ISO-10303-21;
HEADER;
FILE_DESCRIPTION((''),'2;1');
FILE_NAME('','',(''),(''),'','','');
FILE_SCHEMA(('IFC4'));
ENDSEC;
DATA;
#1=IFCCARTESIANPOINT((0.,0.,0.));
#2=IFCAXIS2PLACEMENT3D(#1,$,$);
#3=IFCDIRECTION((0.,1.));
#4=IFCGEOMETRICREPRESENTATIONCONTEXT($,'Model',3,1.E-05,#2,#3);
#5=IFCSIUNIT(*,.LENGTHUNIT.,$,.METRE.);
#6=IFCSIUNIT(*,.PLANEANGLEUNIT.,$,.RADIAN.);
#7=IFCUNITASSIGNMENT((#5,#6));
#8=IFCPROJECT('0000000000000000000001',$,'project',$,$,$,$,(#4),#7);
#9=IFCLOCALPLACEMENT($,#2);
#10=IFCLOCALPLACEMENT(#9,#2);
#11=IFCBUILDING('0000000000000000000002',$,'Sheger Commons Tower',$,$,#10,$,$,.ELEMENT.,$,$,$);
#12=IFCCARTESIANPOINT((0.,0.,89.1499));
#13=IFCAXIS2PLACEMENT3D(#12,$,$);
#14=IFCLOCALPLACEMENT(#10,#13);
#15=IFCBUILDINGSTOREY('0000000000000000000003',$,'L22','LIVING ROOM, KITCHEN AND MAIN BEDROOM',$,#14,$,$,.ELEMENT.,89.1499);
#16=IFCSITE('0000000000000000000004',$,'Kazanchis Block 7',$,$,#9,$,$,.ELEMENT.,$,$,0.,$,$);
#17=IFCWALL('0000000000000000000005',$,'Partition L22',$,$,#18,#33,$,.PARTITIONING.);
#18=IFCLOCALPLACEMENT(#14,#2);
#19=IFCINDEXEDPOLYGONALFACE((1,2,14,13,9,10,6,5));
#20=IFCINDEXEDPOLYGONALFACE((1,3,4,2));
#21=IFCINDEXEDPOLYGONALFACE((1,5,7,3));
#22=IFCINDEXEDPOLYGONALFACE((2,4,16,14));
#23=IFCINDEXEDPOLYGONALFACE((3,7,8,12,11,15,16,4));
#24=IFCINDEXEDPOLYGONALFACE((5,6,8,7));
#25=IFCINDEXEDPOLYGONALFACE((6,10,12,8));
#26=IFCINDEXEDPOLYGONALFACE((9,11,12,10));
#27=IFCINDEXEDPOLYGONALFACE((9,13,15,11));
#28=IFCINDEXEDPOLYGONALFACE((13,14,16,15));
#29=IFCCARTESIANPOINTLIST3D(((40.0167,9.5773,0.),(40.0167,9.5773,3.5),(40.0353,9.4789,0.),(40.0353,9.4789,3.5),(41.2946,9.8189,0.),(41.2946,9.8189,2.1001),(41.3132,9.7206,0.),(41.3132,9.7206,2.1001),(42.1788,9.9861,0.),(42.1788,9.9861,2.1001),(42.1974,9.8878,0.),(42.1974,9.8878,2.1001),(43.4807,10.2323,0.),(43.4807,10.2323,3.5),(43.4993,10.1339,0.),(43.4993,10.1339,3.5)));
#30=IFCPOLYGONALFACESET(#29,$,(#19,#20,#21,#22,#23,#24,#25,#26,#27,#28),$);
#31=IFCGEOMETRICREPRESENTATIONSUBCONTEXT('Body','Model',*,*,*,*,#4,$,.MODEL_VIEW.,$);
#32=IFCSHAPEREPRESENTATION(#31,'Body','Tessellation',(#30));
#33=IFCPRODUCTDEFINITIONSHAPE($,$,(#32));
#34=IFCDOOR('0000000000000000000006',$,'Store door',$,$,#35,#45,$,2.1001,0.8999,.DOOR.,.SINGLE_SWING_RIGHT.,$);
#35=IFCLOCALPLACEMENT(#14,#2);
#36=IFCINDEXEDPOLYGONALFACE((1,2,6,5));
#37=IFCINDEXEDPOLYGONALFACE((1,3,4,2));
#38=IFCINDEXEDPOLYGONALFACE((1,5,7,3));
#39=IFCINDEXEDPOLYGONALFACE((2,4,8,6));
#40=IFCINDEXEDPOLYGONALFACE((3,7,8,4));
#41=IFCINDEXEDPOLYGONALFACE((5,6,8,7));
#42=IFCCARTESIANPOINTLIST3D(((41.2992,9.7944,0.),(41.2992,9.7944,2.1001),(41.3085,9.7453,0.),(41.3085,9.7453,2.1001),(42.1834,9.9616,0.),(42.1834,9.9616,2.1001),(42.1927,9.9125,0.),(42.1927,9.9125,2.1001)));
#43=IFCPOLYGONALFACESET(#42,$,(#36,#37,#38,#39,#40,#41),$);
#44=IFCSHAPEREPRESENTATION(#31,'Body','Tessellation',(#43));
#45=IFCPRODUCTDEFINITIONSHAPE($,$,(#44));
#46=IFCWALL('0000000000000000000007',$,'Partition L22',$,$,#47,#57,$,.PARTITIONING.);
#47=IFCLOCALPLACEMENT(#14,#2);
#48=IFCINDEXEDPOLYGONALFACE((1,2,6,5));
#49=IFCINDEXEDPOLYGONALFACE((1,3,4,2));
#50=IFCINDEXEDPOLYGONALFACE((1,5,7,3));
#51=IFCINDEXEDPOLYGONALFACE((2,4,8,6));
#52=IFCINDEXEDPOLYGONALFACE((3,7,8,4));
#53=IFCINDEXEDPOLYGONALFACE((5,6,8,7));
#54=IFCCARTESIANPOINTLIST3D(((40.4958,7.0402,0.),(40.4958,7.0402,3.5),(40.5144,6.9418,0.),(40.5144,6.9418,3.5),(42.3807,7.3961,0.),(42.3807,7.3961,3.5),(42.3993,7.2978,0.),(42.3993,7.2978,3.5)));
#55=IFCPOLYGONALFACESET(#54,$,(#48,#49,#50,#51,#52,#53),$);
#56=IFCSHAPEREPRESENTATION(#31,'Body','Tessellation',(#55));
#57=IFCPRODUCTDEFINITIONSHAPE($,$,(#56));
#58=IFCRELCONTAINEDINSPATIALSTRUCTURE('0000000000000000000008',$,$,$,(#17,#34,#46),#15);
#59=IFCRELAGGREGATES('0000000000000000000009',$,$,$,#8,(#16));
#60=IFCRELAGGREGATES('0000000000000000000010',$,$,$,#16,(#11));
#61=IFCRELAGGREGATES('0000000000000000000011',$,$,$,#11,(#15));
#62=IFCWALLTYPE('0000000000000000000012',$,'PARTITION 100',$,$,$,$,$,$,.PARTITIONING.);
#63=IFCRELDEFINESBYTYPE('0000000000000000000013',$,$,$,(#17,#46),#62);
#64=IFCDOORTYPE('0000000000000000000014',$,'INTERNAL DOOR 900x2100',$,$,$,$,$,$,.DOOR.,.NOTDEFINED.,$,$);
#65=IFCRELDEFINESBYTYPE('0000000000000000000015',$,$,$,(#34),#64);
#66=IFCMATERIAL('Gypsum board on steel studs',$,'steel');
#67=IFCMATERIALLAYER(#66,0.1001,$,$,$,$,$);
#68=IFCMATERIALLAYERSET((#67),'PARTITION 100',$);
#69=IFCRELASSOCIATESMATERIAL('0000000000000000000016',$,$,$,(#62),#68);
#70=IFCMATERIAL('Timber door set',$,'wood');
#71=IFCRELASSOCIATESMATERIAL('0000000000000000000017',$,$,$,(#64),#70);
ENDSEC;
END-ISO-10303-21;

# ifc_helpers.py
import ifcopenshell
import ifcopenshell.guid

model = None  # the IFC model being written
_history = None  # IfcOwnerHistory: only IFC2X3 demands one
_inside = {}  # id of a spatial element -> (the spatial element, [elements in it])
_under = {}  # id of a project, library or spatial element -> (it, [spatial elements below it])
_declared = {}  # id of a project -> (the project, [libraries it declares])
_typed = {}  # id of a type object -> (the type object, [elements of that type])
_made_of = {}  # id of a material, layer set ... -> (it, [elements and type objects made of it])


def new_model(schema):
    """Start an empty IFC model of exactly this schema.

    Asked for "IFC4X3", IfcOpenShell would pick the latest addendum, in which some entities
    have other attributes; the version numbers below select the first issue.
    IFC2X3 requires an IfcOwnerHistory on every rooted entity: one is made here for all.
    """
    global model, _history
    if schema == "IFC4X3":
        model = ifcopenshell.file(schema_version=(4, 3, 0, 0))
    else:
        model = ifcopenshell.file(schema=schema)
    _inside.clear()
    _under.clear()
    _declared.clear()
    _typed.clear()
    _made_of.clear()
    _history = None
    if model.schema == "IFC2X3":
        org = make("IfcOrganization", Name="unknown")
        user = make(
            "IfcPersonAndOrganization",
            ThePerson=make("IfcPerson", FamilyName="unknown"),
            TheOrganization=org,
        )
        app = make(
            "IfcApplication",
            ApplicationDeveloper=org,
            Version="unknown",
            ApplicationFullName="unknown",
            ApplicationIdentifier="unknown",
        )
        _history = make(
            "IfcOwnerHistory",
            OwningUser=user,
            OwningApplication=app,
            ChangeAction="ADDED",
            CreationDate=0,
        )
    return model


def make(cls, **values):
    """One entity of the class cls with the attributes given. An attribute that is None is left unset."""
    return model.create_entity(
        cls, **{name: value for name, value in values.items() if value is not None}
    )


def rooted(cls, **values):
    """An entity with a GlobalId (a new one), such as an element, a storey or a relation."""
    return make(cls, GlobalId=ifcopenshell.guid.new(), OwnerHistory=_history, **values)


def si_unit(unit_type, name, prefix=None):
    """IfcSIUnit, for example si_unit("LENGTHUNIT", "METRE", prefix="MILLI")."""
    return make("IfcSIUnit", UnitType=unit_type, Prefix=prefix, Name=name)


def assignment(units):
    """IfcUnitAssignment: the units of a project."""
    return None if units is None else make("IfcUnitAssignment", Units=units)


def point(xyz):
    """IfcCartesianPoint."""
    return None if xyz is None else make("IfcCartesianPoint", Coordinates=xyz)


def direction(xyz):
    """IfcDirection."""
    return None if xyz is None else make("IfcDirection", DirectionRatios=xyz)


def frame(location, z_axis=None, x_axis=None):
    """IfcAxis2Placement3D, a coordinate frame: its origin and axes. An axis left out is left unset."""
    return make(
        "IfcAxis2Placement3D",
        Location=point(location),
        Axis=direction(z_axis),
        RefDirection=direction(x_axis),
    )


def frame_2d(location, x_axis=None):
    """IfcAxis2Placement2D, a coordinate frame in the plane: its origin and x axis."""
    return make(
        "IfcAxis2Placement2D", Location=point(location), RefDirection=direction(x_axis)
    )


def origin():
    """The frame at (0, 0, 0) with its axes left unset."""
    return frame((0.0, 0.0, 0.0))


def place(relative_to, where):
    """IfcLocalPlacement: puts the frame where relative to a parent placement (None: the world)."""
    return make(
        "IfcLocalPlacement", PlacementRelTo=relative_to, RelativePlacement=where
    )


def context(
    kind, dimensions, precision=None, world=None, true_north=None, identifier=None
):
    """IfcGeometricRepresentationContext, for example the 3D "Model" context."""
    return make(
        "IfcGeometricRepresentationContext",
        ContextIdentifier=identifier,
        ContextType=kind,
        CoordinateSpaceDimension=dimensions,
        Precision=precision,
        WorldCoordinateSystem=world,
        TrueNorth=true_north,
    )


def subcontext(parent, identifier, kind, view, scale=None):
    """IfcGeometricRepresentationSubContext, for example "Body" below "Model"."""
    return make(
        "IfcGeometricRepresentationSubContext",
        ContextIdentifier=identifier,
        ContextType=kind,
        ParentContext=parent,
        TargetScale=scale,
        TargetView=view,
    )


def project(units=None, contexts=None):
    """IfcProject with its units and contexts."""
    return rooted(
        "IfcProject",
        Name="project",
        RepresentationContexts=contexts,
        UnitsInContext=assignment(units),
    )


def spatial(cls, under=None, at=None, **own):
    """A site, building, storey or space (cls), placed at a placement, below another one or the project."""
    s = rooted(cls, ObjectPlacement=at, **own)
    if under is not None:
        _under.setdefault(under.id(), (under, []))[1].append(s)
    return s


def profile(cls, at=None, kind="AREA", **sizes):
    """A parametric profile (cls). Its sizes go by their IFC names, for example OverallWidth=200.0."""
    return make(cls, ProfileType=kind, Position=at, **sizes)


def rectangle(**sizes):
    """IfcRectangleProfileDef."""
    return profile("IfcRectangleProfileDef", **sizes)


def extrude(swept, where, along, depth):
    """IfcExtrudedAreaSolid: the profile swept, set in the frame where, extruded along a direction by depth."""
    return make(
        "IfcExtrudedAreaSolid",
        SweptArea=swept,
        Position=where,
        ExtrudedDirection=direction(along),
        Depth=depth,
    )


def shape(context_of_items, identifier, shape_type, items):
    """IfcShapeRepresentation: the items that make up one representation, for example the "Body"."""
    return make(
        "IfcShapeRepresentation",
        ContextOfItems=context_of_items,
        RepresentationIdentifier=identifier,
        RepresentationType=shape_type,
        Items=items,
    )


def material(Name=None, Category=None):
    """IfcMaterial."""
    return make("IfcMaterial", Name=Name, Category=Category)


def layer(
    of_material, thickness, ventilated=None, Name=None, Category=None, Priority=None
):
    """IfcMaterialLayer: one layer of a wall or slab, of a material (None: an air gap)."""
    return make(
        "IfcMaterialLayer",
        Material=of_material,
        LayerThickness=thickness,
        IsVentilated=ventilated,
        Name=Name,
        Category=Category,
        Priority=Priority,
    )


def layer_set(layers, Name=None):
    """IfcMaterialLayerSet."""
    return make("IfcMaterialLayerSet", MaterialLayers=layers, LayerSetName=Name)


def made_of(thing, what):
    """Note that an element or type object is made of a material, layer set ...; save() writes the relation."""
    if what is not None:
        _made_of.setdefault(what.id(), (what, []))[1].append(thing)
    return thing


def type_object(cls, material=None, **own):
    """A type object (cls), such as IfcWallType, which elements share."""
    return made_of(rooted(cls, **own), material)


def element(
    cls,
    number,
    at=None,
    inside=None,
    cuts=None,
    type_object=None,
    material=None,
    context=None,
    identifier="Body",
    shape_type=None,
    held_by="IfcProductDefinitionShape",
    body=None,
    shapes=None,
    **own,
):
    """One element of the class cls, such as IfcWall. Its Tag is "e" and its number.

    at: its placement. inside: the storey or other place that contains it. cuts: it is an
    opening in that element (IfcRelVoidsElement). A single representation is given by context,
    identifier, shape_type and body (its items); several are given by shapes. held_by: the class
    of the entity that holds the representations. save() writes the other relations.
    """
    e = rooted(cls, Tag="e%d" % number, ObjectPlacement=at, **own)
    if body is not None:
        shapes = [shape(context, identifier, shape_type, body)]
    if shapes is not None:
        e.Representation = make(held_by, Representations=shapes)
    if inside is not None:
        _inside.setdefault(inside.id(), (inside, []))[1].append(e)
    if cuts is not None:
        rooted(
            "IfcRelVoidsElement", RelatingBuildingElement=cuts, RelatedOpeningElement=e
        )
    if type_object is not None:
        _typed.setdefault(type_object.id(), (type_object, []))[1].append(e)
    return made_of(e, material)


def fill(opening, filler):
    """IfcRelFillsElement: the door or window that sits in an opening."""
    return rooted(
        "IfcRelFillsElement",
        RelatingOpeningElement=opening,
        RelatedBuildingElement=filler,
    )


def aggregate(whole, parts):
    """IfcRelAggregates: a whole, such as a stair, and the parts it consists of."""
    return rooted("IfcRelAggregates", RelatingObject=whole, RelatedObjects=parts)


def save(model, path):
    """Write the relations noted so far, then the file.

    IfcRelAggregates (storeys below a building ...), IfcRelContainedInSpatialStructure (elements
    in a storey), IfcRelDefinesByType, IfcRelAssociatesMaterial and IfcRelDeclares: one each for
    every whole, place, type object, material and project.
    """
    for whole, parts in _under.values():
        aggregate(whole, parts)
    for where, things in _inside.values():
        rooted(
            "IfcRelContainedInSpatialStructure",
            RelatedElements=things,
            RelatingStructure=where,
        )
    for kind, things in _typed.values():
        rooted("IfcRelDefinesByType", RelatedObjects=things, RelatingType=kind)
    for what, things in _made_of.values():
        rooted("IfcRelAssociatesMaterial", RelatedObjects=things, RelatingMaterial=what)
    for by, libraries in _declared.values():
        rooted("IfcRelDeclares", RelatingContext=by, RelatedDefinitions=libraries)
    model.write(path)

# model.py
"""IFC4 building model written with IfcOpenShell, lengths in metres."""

from ifc_helpers import new_model, si_unit, direction, frame, frame_2d, origin, place, context, subcontext, project, spatial, rectangle, extrude, material, layer, layer_set, type_object, element, fill, save


model = new_model("IFC4")

# Units and contexts
model_context = context("Model", 3, precision=1e-05, world=origin(), true_north=direction((0.0, 1.0)))
body_context = subcontext(model_context, "Body", "Model", "MODEL_VIEW")
ifc_project = project(units=[si_unit("LENGTHUNIT", "METRE"), si_unit("PLANEANGLEUNIT", "RADIAN")], contexts=[model_context])

# Site, building, storey
site_placement = place(None, origin())
site = spatial("IfcSite", under=ifc_project, at=site_placement, Name="Kazanchis Block 7", CompositionType="ELEMENT", RefElevation=0.0)
building_placement = place(site_placement, origin())
building = spatial("IfcBuilding", under=site, at=building_placement, Name="Sheger Commons Tower", CompositionType="ELEMENT")
storey_placement = place(building_placement, frame((0.0, 0.0, 89.1499)))
storey = spatial("IfcBuildingStorey", under=building, at=storey_placement, Name="L22", Description="LIVING ROOM, KITCHEN AND MAIN BEDROOM", CompositionType="ELEMENT", Elevation=89.1499)

# Shared definitions
ifc_material_1 = material(Name="Gypsum board on steel studs", Category="steel")
ifc_layer_1 = layer(ifc_material_1, 0.1001)
ifc_layer_set_1 = layer_set([ifc_layer_1], Name="PARTITION 100")
wall_type_1 = type_object("IfcWallType", Name="PARTITION 100", PredefinedType="PARTITIONING", material=ifc_layer_set_1)

# Shared definitions
ifc_material_2 = material(Name="Timber door set", Category="wood")
door_type_1 = type_object("IfcDoorType", Name="INTERNAL DOOR 900x2100", OperationType="NOTDEFINED", PredefinedType="DOOR", material=ifc_material_2)

# Wall, opening, door
wall_1_placement = place(storey_placement, frame((43.49, 10.1831, 0.0), z_axis=(0.0, 0.0, 1.0), x_axis=(-0.982588, -0.185798, 0.0)))
wall_1 = element("IfcWall", 1, at=wall_1_placement, inside=storey, type_object=wall_type_1, Name="Partition L22", PredefinedType="PARTITIONING", context=body_context, shape_type="SweptSolid", body=[
    extrude(rectangle(XDim=3.5254, YDim=0.1001, at=frame_2d((1.7627, 0.0))), origin(), (0.0, 0.0, 1.0), 3.5),
])
opening_1_placement = place(wall_1_placement, frame((1.325, 0.0, 0.0)))
opening_1 = element("IfcOpeningElement", 2, at=opening_1_placement, cuts=wall_1, PredefinedType="OPENING", context=body_context, shape_type="SweptSolid", body=[
    extrude(rectangle(XDim=0.8999, YDim=2.1001, at=frame_2d((0.45, 1.05))), frame((0.0, 0.0601, 0.0), z_axis=(0.0, -1.0, 0.0), x_axis=(1.0, 0.0, 0.0)), (0.0, 0.0, 1.0), 0.1201),
])
door_1_placement = place(opening_1_placement, origin())
door_1 = element("IfcDoor", 3, at=door_1_placement, inside=storey, type_object=door_type_1, Name="Store door", OperationType="SINGLE_SWING_RIGHT", OverallHeight=2.1001, OverallWidth=0.8999, PredefinedType="DOOR", context=body_context, shape_type="SweptSolid", body=[
    extrude(rectangle(XDim=0.8999, YDim=2.1001, at=frame_2d((0.45, 1.05))), frame((0.0, 0.0249, 0.0), z_axis=(0.0, -1.0, 0.0), x_axis=(1.0, 0.0, 0.0)), (0.0, 0.0, 1.0), 0.05),
])
fill(opening_1, door_1)

# Wall
wall_2_placement = place(storey_placement, frame((42.3899, 7.3469, 0.0), z_axis=(0.0, 0.0, 1.0), x_axis=(-0.982634, -0.185556, 0.0)))
element("IfcWall", 4, at=wall_2_placement, inside=storey, type_object=wall_type_1, Name="Partition L22", PredefinedType="PARTITIONING", context=body_context, shape_type="SweptSolid", body=[
    extrude(rectangle(XDim=1.9182, YDim=0.1001, at=frame_2d((0.959, 0.0))), origin(), (0.0, 0.0, 1.0), 3.5),
])

save(model, "model.ifc")
